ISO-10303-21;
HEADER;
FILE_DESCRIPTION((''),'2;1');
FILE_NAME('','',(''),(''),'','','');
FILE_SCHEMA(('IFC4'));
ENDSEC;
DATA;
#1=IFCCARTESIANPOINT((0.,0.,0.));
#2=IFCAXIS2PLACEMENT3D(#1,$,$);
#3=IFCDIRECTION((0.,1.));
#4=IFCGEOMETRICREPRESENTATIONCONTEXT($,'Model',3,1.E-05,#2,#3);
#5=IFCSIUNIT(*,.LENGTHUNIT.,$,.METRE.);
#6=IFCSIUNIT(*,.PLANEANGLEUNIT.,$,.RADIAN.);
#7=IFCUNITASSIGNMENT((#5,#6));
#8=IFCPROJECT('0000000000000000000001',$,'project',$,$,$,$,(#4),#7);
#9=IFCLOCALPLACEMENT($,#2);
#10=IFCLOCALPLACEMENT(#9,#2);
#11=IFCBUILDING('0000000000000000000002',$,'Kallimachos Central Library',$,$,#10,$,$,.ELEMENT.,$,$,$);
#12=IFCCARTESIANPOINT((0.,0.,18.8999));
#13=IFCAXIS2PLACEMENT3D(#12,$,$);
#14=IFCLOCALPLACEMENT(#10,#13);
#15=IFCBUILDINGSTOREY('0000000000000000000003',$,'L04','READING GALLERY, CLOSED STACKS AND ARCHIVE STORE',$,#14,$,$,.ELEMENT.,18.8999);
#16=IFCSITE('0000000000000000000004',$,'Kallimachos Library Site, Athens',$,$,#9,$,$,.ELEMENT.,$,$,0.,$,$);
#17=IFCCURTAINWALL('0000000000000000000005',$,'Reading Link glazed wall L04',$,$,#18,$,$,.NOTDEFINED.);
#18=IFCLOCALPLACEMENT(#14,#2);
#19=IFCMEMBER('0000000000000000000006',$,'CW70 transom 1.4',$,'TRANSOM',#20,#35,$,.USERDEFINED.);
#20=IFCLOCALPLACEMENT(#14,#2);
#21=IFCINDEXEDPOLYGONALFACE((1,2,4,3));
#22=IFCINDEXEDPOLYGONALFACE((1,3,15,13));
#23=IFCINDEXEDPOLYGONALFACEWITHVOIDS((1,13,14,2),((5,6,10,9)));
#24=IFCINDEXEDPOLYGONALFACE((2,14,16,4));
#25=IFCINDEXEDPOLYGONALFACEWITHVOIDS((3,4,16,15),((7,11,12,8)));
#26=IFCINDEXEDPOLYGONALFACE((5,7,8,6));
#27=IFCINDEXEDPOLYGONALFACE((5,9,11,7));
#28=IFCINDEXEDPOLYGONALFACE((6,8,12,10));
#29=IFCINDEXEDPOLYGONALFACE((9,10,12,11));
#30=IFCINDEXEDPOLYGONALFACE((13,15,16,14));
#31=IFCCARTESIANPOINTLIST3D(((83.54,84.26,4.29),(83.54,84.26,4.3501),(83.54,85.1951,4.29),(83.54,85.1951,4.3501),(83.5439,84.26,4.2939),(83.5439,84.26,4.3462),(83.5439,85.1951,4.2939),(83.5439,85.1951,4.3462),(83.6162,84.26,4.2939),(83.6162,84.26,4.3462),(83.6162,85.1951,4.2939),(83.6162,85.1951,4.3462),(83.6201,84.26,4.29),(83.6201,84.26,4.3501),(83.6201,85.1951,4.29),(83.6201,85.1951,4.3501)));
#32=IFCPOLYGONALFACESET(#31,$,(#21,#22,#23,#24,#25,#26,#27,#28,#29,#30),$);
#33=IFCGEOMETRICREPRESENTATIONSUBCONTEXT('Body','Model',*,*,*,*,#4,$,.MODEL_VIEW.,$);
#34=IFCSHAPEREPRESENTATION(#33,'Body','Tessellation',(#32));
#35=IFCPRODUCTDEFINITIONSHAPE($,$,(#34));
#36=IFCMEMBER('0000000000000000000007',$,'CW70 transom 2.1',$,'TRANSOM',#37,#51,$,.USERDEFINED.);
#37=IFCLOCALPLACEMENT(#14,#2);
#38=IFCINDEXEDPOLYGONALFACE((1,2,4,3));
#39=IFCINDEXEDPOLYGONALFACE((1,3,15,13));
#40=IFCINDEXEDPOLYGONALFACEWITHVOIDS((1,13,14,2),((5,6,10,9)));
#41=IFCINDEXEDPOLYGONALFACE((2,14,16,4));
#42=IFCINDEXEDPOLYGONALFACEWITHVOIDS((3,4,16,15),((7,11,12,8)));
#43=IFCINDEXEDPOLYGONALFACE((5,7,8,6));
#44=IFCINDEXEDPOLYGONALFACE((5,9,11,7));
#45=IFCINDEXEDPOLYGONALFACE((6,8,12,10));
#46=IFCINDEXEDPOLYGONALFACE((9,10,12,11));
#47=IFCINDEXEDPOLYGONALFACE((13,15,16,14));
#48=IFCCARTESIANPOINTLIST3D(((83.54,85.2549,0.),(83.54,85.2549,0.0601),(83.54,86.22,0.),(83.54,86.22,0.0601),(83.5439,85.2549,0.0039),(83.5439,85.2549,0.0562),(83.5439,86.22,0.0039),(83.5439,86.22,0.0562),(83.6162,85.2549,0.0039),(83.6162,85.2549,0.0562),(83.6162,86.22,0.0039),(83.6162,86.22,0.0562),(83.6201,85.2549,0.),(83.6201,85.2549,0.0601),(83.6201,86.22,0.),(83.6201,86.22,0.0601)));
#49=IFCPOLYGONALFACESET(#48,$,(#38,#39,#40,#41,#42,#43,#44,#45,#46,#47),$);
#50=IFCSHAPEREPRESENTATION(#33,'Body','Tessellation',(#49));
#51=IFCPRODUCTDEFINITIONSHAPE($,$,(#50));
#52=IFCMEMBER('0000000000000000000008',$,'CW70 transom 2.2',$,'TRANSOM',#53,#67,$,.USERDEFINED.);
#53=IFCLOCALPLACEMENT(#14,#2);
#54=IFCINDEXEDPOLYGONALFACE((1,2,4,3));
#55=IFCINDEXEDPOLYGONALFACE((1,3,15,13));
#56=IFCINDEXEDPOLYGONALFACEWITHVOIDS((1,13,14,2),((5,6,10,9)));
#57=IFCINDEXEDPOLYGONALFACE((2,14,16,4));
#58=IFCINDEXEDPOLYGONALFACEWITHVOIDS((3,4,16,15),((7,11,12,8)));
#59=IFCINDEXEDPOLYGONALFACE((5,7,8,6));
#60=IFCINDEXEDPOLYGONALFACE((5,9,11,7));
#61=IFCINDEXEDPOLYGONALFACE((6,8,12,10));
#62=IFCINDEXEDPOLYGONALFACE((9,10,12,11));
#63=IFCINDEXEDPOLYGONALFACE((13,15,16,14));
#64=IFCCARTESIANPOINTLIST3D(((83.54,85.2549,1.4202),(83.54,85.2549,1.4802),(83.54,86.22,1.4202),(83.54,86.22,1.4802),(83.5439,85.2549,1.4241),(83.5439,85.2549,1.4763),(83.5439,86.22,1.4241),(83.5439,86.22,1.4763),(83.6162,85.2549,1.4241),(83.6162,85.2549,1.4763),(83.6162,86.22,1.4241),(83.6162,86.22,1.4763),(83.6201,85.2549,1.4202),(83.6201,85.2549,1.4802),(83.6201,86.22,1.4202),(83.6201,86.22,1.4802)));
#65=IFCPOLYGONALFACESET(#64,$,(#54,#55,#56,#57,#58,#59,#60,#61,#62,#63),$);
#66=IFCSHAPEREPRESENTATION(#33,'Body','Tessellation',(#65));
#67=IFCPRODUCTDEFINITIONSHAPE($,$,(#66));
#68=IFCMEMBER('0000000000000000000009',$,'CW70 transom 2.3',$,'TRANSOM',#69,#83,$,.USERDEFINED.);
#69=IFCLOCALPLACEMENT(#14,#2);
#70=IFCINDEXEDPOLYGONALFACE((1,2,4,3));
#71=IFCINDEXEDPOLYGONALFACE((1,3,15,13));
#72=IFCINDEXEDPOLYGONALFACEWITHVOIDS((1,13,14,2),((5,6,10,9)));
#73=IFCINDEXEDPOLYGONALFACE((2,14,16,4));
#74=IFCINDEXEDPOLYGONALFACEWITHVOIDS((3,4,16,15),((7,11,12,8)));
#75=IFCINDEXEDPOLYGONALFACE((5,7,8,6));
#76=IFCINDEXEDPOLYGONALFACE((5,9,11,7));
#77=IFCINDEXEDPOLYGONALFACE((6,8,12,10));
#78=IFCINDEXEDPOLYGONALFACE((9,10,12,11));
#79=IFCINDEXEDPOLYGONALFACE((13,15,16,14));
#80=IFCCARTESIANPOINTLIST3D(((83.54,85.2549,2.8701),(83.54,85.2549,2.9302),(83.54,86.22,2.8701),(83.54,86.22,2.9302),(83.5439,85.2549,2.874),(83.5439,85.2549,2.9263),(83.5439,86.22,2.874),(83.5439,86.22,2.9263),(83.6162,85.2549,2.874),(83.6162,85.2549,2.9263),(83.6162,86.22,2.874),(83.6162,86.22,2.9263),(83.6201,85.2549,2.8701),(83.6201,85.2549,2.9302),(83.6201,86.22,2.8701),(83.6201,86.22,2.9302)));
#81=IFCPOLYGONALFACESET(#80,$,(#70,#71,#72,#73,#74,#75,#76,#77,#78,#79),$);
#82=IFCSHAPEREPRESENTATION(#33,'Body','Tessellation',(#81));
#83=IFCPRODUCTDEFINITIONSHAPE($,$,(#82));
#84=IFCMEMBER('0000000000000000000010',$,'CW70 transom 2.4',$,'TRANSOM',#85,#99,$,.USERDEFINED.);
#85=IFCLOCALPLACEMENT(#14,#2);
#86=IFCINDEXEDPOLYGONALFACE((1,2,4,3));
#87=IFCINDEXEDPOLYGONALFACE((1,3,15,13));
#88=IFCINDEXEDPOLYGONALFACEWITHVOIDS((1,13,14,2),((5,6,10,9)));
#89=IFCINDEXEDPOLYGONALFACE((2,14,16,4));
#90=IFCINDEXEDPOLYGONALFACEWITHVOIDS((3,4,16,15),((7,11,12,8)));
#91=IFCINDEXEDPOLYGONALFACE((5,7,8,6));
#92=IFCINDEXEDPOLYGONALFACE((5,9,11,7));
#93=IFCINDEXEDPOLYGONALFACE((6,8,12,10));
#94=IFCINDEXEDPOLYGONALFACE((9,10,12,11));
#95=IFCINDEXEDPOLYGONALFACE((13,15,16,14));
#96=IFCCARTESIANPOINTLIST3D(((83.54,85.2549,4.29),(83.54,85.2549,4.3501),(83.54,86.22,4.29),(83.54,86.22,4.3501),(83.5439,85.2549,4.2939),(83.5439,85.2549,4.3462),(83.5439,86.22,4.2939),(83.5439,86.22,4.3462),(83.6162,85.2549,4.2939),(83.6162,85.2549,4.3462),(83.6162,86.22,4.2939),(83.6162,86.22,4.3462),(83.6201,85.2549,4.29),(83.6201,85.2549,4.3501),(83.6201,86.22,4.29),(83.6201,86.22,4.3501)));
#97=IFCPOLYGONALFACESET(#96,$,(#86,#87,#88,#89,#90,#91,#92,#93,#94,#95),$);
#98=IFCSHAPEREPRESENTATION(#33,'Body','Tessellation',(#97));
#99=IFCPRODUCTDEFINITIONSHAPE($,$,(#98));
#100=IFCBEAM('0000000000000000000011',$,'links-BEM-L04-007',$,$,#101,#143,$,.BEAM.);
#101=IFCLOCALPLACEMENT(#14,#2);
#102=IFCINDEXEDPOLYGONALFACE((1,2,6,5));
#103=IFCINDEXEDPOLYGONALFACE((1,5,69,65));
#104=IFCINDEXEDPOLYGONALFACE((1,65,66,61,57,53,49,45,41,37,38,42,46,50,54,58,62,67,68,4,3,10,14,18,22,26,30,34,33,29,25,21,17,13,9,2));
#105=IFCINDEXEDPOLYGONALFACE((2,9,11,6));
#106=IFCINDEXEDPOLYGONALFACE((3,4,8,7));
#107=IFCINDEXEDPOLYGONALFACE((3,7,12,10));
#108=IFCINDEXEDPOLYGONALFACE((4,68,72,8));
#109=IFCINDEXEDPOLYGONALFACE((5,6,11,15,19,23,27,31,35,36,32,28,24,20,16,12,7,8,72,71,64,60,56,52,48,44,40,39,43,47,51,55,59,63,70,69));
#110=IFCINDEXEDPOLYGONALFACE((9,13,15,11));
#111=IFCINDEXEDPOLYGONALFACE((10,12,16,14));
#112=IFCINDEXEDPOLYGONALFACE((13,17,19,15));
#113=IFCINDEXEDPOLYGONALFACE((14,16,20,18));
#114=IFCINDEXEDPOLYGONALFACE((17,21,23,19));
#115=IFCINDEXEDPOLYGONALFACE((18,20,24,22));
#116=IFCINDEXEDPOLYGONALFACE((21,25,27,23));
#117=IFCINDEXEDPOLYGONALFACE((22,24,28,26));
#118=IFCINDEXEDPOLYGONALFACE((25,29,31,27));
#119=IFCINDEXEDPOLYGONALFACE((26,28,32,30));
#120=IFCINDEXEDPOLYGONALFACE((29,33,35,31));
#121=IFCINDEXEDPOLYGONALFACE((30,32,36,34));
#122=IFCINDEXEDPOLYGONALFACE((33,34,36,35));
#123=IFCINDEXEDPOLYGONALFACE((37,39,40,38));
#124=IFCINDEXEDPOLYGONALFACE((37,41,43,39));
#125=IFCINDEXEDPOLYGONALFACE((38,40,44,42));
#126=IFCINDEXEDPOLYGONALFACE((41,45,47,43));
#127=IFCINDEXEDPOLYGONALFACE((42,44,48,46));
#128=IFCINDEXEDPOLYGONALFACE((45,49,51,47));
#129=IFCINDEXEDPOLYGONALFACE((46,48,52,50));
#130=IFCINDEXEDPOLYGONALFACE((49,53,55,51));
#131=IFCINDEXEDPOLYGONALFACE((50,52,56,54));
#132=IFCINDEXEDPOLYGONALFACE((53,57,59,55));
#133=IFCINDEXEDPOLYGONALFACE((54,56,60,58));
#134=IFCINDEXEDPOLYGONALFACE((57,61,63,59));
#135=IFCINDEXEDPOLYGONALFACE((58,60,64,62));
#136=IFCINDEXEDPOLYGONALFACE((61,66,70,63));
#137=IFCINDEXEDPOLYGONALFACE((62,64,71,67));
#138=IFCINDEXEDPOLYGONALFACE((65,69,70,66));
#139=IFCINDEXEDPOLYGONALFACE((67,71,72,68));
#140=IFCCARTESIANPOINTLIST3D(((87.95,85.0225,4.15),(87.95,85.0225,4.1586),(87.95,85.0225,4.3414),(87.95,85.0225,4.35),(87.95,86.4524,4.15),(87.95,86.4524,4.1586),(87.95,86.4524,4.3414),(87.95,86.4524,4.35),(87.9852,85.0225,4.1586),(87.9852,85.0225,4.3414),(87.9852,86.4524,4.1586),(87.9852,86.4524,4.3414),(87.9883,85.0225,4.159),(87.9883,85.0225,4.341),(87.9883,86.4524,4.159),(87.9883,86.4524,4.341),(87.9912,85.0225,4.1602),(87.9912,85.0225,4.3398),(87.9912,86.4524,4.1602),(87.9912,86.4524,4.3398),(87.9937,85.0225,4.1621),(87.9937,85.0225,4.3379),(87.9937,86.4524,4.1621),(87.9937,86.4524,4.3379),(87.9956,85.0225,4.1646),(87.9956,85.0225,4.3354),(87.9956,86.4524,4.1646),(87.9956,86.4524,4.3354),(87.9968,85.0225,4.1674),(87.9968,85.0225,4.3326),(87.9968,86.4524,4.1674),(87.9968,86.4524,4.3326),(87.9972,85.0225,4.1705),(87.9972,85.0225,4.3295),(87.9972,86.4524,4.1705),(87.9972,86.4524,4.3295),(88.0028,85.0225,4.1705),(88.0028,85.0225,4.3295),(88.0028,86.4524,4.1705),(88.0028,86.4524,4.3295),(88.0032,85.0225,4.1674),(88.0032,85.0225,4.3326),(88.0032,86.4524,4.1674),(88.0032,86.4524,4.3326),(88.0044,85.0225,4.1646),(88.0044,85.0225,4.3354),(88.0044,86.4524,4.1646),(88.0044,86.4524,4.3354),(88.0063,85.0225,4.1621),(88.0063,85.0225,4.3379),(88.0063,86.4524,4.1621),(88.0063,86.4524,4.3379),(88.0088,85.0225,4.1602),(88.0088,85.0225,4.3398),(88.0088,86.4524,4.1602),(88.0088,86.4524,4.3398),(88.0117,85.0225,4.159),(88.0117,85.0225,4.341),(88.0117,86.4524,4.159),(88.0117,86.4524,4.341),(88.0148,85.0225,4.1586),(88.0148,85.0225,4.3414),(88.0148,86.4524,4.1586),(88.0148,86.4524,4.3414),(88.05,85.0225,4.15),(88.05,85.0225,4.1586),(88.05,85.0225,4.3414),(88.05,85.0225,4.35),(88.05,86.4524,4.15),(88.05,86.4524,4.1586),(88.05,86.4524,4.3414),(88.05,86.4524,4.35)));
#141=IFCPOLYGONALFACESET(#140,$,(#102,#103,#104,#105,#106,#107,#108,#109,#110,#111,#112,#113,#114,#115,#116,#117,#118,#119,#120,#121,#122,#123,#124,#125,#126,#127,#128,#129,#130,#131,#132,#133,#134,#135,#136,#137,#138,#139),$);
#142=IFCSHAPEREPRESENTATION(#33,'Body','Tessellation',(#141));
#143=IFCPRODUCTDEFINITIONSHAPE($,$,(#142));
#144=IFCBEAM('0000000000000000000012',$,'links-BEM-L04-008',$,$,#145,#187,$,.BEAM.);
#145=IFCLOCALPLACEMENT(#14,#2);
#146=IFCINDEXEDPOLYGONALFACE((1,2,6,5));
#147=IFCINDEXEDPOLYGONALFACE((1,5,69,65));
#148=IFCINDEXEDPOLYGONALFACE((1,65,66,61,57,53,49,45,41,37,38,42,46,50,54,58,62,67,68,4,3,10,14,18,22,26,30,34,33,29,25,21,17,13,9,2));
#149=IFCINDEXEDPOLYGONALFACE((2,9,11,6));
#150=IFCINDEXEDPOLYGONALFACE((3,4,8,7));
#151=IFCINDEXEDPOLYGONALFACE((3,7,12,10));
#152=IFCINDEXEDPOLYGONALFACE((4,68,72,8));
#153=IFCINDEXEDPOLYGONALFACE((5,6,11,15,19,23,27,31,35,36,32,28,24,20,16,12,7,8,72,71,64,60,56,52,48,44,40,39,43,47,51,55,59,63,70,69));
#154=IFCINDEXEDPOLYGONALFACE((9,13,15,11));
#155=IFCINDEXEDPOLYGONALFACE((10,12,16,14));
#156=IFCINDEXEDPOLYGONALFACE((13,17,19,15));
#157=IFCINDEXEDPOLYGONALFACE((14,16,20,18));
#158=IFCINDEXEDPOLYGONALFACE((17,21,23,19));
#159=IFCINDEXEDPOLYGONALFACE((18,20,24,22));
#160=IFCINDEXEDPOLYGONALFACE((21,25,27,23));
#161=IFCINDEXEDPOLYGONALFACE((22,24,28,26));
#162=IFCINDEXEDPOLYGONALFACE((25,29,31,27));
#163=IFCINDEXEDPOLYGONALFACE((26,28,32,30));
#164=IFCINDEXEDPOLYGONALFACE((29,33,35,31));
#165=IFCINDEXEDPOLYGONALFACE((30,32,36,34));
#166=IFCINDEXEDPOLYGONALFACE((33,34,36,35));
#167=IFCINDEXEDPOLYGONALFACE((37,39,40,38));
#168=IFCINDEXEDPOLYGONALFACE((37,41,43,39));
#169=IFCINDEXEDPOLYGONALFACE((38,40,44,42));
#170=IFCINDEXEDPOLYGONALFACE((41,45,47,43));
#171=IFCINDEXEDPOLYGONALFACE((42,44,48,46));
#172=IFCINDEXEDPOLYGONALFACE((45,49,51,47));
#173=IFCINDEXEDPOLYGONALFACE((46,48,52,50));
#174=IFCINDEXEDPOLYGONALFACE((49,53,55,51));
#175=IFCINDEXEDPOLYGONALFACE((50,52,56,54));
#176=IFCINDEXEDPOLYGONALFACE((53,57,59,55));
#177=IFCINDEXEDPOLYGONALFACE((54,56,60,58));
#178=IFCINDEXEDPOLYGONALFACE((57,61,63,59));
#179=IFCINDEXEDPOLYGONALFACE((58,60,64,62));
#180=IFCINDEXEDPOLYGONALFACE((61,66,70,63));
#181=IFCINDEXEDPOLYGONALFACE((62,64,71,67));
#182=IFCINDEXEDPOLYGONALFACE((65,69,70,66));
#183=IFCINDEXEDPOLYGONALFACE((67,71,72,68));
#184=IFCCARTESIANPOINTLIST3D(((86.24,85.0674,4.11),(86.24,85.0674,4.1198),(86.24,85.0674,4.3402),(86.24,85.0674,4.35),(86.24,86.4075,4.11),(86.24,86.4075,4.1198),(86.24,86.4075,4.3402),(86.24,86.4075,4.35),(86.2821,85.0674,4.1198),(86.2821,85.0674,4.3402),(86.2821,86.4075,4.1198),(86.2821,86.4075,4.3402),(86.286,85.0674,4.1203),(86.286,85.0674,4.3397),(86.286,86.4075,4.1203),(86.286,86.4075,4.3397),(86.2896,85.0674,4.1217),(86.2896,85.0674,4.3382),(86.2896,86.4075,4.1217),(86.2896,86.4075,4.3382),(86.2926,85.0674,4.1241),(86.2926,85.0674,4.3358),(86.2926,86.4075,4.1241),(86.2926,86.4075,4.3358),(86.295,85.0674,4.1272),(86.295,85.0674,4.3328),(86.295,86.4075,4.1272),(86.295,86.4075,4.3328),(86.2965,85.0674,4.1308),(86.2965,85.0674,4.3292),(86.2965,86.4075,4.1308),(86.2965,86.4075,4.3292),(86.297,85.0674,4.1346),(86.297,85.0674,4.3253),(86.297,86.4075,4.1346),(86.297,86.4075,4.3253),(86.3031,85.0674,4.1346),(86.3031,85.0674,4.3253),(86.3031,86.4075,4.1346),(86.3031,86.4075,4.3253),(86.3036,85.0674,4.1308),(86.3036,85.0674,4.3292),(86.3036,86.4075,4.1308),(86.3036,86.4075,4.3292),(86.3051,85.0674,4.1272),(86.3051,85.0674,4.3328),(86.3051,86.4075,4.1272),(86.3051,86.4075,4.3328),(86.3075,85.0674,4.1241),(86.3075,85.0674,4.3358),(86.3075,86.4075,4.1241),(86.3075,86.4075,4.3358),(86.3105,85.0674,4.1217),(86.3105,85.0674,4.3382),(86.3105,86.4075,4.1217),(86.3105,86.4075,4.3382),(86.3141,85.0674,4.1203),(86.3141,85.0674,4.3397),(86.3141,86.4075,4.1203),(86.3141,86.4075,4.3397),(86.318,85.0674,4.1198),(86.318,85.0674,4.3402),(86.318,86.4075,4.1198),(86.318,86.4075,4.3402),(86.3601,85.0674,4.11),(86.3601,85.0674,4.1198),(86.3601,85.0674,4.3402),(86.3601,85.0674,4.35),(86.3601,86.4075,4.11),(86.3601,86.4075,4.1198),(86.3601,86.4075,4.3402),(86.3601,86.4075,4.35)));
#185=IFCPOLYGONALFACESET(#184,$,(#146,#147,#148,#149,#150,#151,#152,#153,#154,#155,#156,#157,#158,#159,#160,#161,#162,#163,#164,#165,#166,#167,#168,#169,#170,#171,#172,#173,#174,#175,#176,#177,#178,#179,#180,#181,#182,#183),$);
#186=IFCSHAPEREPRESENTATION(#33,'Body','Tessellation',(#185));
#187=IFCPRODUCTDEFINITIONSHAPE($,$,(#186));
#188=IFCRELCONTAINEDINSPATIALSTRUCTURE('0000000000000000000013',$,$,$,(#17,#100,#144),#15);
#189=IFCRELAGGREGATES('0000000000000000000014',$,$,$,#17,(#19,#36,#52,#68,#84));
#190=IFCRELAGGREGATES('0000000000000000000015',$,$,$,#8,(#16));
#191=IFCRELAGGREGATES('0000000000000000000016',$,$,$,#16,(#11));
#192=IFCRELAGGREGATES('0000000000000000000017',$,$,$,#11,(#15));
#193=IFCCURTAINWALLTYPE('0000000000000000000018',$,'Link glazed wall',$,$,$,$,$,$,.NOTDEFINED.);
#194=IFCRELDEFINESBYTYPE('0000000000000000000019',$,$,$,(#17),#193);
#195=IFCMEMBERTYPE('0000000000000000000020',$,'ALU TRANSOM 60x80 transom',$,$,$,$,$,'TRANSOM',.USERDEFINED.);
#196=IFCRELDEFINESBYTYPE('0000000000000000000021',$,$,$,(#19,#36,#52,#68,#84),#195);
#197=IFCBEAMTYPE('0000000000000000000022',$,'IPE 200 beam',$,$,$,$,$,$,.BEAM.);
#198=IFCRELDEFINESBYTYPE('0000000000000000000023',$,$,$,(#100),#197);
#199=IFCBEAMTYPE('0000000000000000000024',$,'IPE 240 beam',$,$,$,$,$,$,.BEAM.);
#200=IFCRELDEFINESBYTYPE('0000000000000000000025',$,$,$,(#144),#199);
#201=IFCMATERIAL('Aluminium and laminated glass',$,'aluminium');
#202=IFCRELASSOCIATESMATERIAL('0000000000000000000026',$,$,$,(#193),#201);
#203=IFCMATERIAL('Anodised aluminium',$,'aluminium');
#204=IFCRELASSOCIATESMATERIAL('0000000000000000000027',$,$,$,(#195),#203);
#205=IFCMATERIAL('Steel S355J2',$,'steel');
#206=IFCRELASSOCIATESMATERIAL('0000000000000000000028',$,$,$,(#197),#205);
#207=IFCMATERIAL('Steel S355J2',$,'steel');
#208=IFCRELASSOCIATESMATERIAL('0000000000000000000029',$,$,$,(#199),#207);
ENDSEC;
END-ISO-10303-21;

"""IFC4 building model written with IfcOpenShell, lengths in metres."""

from ifc_helpers import new_model, si_unit, direction, frame, origin, origin_2d, place, context, subcontext, project, spatial, hollow_rectangle, i_section, extrude, material, material_profile, profile_set, type_object, element, aggregate, save


model = new_model("IFC4")

# Units and contexts
model_context = context("Model", 3, precision=1e-05, world=origin(), true_north=direction((0.0, 1.0)))
body_context = subcontext(model_context, "Body", "Model", "MODEL_VIEW")
ifc_project = project(units=[si_unit("LENGTHUNIT", "METRE"), si_unit("PLANEANGLEUNIT", "RADIAN")], contexts=[model_context])

# Site, building, storey
site_placement = place(None, origin())
site = spatial("IfcSite", under=ifc_project, at=site_placement, Name="Kallimachos Library Site, Athens", CompositionType="ELEMENT", RefElevation=0.0)
building_placement = place(site_placement, origin())
building = spatial("IfcBuilding", under=site, at=building_placement, Name="Kallimachos Central Library", CompositionType="ELEMENT")
storey_placement = place(building_placement, frame((0.0, 0.0, 18.8999)))
storey = spatial("IfcBuildingStorey", under=building, at=storey_placement, Name="L04", Description="READING GALLERY, CLOSED STACKS AND ARCHIVE STORE", CompositionType="ELEMENT", Elevation=18.8999)

# Curtain wall, members
ifc_material_1 = material(Name="Aluminium and laminated glass", Category="aluminium")
curtain_wall_type = type_object("IfcCurtainWallType", Name="Link glazed wall", PredefinedType="NOTDEFINED", material=ifc_material_1)
curtain_wall_placement = place(storey_placement, origin())
curtain_wall = element("IfcCurtainWall", 1, at=curtain_wall_placement, inside=storey, type_object=curtain_wall_type, Name="Reading Link glazed wall L04", PredefinedType="NOTDEFINED")
ifc_material_2 = material(Name="Anodised aluminium", Category="aluminium")
ifc_material_profile_1 = material_profile(ifc_material_2, hollow_rectangle(XDim=0.0601, YDim=0.0801, WallThickness=0.0039, at=origin_2d()), Name="ALU TRANSOM 60x80")
ifc_profile_set_1 = profile_set([ifc_material_profile_1], Name="Anodised aluminium")
member_type_1 = type_object("IfcMemberType", Name="ALU TRANSOM 60x80 transom", ElementType="TRANSOM", PredefinedType="USERDEFINED", material=ifc_profile_set_1)
member_1_placement = place(storey_placement, frame((83.5801, 84.26, 4.3201), z_axis=(0.0, 1.0, 0.0), x_axis=(0.0, 0.0, 1.0)))
member_1 = element("IfcMember", 2, at=member_1_placement, type_object=member_type_1, Name="CW70 transom 1.4", ObjectType="TRANSOM", PredefinedType="USERDEFINED", context=body_context, shape_type="SweptSolid", body=[
    extrude(hollow_rectangle(XDim=0.0601, YDim=0.0801, WallThickness=0.0039, at=origin_2d()), origin(), (0.0, 0.0, 1.0), 0.9351),
])
member_2_placement = place(storey_placement, frame((83.5801, 85.2549, 0.03), z_axis=(0.0, 1.0, 0.0), x_axis=(0.0, 0.0, 1.0)))
member_2 = element("IfcMember", 3, at=member_2_placement, type_object=member_type_1, Name="CW70 transom 2.1", ObjectType="TRANSOM", PredefinedType="USERDEFINED", context=body_context, shape_type="SweptSolid", body=[
    extrude(hollow_rectangle(XDim=0.0601, YDim=0.0801, WallThickness=0.0039, at=origin_2d()), origin(), (0.0, 0.0, 1.0), 0.9651),
])
member_3_placement = place(storey_placement, frame((83.5801, 85.2549, 1.4502), z_axis=(0.0, 1.0, 0.0), x_axis=(0.0, 0.0, 1.0)))
member_3 = element("IfcMember", 4, at=member_3_placement, type_object=member_type_1, Name="CW70 transom 2.2", ObjectType="TRANSOM", PredefinedType="USERDEFINED", context=body_context, shape_type="SweptSolid", body=[
    extrude(hollow_rectangle(XDim=0.0601, YDim=0.0801, WallThickness=0.0039, at=origin_2d()), origin(), (0.0, 0.0, 1.0), 0.9651),
])
member_4_placement = place(storey_placement, frame((83.5801, 85.2549, 2.9001), z_axis=(0.0, 1.0, 0.0), x_axis=(0.0, 0.0, 1.0)))
member_4 = element("IfcMember", 5, at=member_4_placement, type_object=member_type_1, Name="CW70 transom 2.3", ObjectType="TRANSOM", PredefinedType="USERDEFINED", context=body_context, shape_type="SweptSolid", body=[
    extrude(hollow_rectangle(XDim=0.0601, YDim=0.0801, WallThickness=0.0039, at=origin_2d()), origin(), (0.0, 0.0, 1.0), 0.9651),
])
member_5_placement = place(storey_placement, frame((83.5801, 85.2549, 4.3201), z_axis=(0.0, 1.0, 0.0), x_axis=(0.0, 0.0, 1.0)))
member_5 = element("IfcMember", 6, at=member_5_placement, type_object=member_type_1, Name="CW70 transom 2.4", ObjectType="TRANSOM", PredefinedType="USERDEFINED", context=body_context, shape_type="SweptSolid", body=[
    extrude(hollow_rectangle(XDim=0.0601, YDim=0.0801, WallThickness=0.0039, at=origin_2d()), origin(), (0.0, 0.0, 1.0), 0.9651),
])

# Beams
ifc_material_3 = material(Name="Steel S355J2", Category="steel")
ifc_material_profile_2 = material_profile(ifc_material_3, i_section(OverallWidth=0.1001, OverallDepth=0.2, WebThickness=0.0056, FlangeThickness=0.0085, FilletRadius=0.012, at=origin_2d()), Name="IPE 200")
ifc_profile_set_2 = profile_set([ifc_material_profile_2], Name="Steel S355J2")
beam_type_1 = type_object("IfcBeamType", Name="IPE 200 beam", PredefinedType="BEAM", material=ifc_profile_set_2)
beam_1_placement = place(storey_placement, frame((88.0, 85.0225, 4.25), z_axis=(0.0, 1.0, 0.0), x_axis=(-1.0, 0.0, 0.0)))
element("IfcBeam", 7, at=beam_1_placement, inside=storey, type_object=beam_type_1, Name="links-BEM-L04-007", PredefinedType="BEAM", context=body_context, shape_type="SweptSolid", body=[
    extrude(i_section(OverallWidth=0.1001, OverallDepth=0.2, WebThickness=0.0056, FlangeThickness=0.0085, FilletRadius=0.012, at=origin_2d()), origin(), (0.0, 0.0, 1.0), 1.4299),
])
ifc_material_4 = material(Name="Steel S355J2", Category="steel")
ifc_material_profile_3 = material_profile(ifc_material_4, i_section(OverallWidth=0.1201, OverallDepth=0.24, WebThickness=0.0061, FlangeThickness=0.0098, FilletRadius=0.0149, at=origin_2d()), Name="IPE 240")
ifc_profile_set_3 = profile_set([ifc_material_profile_3], Name="Steel S355J2")
beam_type_2 = type_object("IfcBeamType", Name="IPE 240 beam", PredefinedType="BEAM", material=ifc_profile_set_3)
beam_2_placement = place(storey_placement, frame((86.3, 85.0674, 4.23), z_axis=(0.0, 1.0, 0.0), x_axis=(-1.0, 0.0, 0.0)))
element("IfcBeam", 8, at=beam_2_placement, inside=storey, type_object=beam_type_2, Name="links-BEM-L04-008", PredefinedType="BEAM", context=body_context, shape_type="SweptSolid", body=[
    extrude(i_section(OverallWidth=0.1201, OverallDepth=0.24, WebThickness=0.0061, FlangeThickness=0.0098, FilletRadius=0.0149, at=origin_2d()), origin(), (0.0, 0.0, 1.0), 1.3401),
])

aggregate(curtain_wall, [member_1, member_2, member_3, member_4, member_5])

save(model, "model.ifc")
